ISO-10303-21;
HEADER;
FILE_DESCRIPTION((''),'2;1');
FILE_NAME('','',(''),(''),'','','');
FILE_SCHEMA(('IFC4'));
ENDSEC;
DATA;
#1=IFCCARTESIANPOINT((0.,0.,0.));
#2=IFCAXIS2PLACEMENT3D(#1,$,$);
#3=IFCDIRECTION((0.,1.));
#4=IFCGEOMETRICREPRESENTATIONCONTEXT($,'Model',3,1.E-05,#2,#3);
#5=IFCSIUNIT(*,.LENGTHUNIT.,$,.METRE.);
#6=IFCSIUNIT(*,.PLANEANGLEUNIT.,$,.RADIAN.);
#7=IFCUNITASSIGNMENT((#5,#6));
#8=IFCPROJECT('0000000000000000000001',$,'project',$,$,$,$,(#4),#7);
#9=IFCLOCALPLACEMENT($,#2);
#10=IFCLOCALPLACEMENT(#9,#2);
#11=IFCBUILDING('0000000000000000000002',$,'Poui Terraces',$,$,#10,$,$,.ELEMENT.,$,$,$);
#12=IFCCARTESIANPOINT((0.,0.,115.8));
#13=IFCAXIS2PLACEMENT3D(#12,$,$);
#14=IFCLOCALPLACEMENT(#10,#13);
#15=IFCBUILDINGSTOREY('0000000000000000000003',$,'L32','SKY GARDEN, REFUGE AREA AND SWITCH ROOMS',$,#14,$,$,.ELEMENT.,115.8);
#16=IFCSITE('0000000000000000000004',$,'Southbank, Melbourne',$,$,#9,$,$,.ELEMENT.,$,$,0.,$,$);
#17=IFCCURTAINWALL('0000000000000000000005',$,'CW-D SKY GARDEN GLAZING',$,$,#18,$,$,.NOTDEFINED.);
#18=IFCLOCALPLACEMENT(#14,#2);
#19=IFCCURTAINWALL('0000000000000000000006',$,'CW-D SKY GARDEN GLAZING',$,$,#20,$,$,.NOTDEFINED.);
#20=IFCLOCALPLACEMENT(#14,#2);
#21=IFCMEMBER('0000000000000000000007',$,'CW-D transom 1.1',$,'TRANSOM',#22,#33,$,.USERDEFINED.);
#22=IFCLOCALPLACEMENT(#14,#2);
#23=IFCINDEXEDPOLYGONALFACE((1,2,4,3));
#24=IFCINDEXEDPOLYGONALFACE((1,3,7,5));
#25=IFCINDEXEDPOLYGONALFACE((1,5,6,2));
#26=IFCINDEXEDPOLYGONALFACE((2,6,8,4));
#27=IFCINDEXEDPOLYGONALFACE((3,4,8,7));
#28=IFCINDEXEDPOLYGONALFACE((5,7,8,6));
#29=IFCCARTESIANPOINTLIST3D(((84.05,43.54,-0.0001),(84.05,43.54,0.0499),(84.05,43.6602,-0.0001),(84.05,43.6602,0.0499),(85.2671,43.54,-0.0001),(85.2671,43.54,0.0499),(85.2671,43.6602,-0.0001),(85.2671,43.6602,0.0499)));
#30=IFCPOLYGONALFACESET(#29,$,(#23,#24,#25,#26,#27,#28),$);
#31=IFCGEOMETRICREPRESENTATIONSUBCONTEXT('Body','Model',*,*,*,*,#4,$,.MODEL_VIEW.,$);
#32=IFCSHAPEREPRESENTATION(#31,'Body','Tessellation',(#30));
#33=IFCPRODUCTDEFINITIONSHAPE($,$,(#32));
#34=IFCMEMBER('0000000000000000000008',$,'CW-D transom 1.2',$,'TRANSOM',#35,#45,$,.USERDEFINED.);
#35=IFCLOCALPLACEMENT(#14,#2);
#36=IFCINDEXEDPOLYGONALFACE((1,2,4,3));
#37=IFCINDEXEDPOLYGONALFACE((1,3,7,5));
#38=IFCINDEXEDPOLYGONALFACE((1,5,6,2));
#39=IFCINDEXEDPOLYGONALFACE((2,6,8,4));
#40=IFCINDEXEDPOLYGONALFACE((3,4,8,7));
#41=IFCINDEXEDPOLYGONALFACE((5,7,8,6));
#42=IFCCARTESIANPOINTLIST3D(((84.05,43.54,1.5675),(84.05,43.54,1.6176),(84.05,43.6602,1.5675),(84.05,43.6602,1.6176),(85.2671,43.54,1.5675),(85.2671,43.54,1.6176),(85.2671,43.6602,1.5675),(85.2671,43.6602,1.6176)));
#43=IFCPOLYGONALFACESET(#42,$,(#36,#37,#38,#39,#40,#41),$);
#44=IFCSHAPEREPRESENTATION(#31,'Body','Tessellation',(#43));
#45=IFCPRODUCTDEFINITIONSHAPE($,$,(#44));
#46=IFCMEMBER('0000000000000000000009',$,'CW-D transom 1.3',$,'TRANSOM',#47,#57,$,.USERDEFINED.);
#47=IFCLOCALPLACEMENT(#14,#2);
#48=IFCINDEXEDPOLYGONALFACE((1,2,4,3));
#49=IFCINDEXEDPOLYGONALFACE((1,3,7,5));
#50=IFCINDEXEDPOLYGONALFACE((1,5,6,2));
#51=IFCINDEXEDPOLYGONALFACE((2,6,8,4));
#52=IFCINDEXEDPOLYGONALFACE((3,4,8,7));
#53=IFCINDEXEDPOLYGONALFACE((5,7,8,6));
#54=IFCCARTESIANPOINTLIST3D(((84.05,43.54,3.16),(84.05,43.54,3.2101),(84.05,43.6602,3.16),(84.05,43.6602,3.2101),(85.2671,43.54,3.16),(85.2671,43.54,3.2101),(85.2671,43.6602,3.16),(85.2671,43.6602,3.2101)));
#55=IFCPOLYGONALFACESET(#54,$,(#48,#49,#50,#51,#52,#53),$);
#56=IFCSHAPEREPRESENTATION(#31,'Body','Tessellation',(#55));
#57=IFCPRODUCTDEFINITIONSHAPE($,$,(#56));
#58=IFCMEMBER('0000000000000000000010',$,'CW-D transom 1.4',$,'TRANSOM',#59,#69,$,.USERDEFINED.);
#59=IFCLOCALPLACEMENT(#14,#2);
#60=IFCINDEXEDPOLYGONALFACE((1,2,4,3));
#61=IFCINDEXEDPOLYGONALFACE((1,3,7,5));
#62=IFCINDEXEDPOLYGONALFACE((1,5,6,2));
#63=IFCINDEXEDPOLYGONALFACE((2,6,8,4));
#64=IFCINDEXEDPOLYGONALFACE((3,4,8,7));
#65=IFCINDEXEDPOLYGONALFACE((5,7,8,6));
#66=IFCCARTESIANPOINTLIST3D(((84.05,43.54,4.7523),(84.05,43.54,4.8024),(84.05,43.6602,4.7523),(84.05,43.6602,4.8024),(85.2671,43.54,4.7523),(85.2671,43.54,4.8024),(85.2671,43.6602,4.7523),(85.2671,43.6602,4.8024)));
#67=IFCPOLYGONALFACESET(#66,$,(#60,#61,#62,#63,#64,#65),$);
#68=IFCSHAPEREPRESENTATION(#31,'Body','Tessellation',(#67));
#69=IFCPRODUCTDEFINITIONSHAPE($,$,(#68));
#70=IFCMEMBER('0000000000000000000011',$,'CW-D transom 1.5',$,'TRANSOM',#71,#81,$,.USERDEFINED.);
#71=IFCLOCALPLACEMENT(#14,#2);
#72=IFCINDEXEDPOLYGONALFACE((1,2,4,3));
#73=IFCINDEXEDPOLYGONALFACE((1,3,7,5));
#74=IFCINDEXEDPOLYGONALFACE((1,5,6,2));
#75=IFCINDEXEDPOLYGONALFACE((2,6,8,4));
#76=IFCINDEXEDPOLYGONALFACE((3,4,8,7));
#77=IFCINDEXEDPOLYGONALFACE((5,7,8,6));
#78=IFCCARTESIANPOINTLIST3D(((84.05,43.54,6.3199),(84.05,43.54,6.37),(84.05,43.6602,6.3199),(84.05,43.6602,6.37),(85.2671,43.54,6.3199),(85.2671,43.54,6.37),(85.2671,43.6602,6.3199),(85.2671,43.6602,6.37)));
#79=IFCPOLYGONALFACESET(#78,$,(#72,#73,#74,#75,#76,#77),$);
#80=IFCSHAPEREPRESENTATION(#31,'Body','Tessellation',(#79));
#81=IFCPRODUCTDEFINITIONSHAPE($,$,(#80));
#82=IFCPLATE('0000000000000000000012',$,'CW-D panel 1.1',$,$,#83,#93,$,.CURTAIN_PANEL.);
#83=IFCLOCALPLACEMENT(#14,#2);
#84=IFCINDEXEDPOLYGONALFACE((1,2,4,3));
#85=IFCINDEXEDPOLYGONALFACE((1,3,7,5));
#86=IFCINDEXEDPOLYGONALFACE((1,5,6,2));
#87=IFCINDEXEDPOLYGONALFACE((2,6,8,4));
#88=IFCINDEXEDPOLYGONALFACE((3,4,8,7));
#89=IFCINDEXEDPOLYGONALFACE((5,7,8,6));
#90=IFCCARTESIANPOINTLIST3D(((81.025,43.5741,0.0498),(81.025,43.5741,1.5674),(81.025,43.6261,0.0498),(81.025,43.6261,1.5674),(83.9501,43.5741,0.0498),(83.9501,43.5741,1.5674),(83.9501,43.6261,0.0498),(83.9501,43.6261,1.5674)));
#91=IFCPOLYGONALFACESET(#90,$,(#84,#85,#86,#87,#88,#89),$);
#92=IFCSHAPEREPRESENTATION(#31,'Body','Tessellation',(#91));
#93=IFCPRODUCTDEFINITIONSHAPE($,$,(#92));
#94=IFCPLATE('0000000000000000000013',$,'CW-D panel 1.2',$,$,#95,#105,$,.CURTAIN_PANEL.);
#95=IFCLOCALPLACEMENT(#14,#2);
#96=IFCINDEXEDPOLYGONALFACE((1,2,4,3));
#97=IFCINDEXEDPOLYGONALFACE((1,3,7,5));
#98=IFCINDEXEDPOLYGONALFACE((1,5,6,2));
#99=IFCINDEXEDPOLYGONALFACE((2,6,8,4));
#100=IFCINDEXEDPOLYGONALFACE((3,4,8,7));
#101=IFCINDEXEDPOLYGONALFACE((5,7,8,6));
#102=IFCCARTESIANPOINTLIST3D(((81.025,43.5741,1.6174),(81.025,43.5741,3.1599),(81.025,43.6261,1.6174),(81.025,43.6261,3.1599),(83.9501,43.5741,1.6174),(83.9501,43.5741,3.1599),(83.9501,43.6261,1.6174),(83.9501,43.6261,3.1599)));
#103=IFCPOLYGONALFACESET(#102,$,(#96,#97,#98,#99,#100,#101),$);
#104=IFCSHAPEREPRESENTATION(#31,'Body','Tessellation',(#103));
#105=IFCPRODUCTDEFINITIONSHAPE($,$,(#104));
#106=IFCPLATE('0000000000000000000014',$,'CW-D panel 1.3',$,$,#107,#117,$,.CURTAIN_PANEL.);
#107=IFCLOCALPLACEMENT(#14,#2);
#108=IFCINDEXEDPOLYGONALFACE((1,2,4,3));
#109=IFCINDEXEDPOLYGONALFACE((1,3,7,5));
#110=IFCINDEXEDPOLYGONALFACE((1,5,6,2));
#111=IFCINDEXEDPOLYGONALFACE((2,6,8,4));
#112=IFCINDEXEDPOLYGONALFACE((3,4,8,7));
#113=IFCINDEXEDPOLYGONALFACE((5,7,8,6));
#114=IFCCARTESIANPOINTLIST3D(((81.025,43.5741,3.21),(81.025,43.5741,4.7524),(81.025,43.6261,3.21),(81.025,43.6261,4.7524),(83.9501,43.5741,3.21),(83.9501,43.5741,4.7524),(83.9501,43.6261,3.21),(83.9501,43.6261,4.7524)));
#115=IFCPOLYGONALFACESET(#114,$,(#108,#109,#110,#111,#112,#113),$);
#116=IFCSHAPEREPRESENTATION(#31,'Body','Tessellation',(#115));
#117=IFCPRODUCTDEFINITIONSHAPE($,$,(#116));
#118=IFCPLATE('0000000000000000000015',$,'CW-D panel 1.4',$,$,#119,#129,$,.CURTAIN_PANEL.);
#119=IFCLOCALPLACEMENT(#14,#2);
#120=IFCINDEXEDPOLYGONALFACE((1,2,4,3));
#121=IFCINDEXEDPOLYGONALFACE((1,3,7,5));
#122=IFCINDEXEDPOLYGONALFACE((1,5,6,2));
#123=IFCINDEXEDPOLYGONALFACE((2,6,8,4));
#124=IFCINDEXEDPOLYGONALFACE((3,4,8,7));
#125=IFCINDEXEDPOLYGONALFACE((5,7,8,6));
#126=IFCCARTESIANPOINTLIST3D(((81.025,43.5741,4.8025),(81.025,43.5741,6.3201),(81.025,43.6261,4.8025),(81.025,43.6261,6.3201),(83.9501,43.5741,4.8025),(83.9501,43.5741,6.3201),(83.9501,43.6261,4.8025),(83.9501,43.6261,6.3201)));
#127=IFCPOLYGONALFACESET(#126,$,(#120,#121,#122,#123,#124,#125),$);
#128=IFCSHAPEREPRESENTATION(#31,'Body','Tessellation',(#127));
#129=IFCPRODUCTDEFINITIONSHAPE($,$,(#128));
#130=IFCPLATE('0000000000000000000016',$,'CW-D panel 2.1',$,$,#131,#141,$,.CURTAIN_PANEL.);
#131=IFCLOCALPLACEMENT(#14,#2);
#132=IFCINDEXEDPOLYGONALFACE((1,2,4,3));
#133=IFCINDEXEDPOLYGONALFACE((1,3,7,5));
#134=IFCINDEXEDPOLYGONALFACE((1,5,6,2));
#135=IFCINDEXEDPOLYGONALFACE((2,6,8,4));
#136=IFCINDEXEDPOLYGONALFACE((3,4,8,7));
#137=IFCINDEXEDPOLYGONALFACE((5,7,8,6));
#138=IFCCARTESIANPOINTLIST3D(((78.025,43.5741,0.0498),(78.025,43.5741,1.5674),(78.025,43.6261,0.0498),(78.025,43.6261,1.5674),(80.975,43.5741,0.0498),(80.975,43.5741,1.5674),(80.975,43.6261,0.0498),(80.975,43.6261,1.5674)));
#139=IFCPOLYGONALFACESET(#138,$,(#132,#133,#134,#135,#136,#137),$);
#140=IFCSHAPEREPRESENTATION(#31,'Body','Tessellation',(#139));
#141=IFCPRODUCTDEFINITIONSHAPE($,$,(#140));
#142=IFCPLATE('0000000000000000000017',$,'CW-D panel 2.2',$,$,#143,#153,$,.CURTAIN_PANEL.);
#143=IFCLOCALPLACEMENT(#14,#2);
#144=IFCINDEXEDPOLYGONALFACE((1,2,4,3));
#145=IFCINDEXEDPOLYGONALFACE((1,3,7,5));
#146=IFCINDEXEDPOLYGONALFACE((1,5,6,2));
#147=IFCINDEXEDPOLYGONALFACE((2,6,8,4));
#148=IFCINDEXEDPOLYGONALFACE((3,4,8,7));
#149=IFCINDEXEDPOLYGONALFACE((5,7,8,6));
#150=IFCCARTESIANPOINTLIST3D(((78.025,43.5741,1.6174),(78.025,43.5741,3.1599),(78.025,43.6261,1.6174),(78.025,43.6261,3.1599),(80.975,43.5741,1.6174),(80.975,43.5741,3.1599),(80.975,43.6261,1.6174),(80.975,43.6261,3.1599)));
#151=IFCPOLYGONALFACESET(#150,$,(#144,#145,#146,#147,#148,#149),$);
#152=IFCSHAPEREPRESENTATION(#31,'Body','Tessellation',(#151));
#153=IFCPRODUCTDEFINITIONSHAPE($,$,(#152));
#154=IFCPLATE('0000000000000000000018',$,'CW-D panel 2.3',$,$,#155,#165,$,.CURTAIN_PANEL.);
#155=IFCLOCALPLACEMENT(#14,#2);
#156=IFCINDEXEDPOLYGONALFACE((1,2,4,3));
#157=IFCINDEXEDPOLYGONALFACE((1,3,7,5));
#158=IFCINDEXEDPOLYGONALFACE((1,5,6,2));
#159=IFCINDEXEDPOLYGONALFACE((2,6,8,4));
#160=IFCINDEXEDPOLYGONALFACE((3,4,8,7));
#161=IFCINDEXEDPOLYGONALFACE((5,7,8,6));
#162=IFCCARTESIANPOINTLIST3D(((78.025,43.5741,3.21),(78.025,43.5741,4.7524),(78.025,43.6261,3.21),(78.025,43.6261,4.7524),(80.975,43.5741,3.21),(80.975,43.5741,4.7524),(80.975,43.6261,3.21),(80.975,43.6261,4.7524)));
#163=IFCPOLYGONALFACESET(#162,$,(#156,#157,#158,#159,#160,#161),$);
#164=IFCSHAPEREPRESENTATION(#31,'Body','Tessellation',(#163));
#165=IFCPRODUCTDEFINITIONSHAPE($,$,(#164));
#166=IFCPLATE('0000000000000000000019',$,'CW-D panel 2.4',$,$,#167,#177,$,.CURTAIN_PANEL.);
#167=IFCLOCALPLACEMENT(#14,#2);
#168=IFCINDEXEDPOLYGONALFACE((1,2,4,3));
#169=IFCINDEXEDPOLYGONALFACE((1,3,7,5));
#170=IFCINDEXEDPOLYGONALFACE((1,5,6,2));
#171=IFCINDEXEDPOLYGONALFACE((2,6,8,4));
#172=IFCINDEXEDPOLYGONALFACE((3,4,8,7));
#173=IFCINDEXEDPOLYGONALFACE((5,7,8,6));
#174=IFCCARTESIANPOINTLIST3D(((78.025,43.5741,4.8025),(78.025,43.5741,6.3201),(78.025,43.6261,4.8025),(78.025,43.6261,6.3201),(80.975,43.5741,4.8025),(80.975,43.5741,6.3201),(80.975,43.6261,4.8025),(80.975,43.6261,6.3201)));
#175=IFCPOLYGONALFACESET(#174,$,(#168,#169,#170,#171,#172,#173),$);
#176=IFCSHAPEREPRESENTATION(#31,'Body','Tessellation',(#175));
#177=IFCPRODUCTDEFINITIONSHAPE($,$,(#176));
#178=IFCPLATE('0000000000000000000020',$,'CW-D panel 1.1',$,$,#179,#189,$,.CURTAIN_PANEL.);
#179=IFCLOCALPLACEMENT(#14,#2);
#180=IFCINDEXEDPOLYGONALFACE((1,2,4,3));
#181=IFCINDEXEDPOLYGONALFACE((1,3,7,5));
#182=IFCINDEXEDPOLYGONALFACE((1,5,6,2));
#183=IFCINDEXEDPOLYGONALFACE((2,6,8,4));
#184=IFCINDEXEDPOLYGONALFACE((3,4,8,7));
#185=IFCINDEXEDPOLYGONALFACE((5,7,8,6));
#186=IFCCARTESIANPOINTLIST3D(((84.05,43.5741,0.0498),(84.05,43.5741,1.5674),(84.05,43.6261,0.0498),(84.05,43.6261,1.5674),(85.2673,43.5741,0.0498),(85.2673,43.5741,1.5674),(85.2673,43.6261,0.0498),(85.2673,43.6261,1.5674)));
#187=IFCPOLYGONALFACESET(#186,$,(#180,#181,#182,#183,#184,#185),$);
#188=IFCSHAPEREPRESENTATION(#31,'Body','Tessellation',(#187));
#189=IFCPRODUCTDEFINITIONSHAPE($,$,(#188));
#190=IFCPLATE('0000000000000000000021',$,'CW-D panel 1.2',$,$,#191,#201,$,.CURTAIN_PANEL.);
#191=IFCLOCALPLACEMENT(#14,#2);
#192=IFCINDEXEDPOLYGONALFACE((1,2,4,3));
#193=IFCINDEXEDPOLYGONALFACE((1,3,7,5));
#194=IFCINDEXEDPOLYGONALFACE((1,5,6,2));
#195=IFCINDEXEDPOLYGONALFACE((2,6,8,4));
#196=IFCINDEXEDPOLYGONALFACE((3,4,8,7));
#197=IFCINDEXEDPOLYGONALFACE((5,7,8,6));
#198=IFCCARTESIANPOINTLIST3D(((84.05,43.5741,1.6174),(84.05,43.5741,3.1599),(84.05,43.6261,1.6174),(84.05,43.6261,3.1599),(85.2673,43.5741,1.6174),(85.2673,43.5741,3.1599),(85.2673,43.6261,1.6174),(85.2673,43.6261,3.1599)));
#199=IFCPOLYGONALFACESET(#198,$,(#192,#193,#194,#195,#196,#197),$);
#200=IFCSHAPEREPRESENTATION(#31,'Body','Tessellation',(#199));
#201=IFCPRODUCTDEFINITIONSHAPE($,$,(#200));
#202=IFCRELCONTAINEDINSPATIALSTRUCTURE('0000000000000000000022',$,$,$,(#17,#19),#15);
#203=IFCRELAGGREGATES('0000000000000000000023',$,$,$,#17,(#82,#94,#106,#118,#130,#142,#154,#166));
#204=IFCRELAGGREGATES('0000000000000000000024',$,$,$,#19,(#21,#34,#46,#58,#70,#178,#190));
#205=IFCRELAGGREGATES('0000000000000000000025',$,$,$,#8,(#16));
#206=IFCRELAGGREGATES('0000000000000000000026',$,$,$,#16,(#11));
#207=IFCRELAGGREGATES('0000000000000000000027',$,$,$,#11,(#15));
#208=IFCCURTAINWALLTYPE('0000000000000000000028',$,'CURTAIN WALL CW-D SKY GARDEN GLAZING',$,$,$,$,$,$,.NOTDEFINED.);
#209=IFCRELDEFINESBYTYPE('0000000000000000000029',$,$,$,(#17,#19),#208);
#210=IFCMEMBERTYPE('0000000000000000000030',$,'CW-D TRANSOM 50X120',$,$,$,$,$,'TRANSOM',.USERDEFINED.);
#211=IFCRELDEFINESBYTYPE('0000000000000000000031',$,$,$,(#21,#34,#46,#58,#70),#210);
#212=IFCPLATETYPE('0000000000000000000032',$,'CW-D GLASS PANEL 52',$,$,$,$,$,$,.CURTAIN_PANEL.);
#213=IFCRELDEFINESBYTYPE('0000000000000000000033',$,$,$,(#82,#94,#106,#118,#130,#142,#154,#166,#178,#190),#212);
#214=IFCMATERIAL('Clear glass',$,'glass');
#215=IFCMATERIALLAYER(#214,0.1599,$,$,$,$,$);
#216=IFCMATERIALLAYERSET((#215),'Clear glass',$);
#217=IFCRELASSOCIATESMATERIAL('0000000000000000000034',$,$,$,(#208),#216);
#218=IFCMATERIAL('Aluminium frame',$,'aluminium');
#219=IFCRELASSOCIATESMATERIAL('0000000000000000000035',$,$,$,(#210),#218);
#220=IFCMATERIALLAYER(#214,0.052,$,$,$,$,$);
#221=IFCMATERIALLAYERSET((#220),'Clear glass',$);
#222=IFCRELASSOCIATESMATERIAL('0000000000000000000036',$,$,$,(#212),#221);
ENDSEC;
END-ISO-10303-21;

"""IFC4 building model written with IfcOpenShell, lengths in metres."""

from ifc_helpers import new_model, si_unit, direction, frame, origin, origin_2d, place, context, subcontext, project, spatial, rectangle, extrude, material, layer, layer_set, material_profile, profile_set, type_object, element, aggregate, save


model = new_model("IFC4")

# Units and contexts
model_context = context("Model", 3, precision=1e-05, world=origin(), true_north=direction((0.0, 1.0)))
body_context = subcontext(model_context, "Body", "Model", "MODEL_VIEW")
ifc_project = project(units=[si_unit("LENGTHUNIT", "METRE"), si_unit("PLANEANGLEUNIT", "RADIAN")], contexts=[model_context])

# Site, building, storey
site_placement = place(None, origin())
site = spatial("IfcSite", under=ifc_project, at=site_placement, Name="Southbank, Melbourne", CompositionType="ELEMENT", RefElevation=0.0)
building_placement = place(site_placement, origin())
building = spatial("IfcBuilding", under=site, at=building_placement, Name="Poui Terraces", CompositionType="ELEMENT")
storey_placement = place(building_placement, frame((0.0, 0.0, 115.8)))
storey = spatial("IfcBuildingStorey", under=building, at=storey_placement, Name="L32", Description="SKY GARDEN, REFUGE AREA AND SWITCH ROOMS", CompositionType="ELEMENT", Elevation=115.8)

# Curtain walls
ifc_material_1 = material(Name="Clear glass", Category="glass")
ifc_layer_1 = layer(ifc_material_1, 0.1599)
ifc_layer_set_1 = layer_set([ifc_layer_1], Name="Clear glass")
curtain_wall_type = type_object("IfcCurtainWallType", Name="CURTAIN WALL CW-D SKY GARDEN GLAZING", PredefinedType="NOTDEFINED", material=ifc_layer_set_1)
curtain_wall_1_placement = place(storey_placement, origin())
curtain_wall_1 = element("IfcCurtainWall", 1, at=curtain_wall_1_placement, inside=storey, type_object=curtain_wall_type, Name="CW-D SKY GARDEN GLAZING", PredefinedType="NOTDEFINED")
ifc_material_2 = material(Name="Aluminium frame", Category="aluminium")
curtain_wall_2_placement = place(storey_placement, origin())
curtain_wall_2 = element("IfcCurtainWall", 2, at=curtain_wall_2_placement, inside=storey, type_object=curtain_wall_type, Name="CW-D SKY GARDEN GLAZING", PredefinedType="NOTDEFINED")

# Members
ifc_material_profile_1 = material_profile(ifc_material_2, rectangle(XDim=0.1201, YDim=0.05, at=origin_2d()), Name="CW-D TRANSOM 50X120")
ifc_profile_set_1 = profile_set([ifc_material_profile_1], Name="Aluminium frame")
member_type_1 = type_object("IfcMemberType", Name="CW-D TRANSOM 50X120", ElementType="TRANSOM", PredefinedType="USERDEFINED", material=ifc_profile_set_1)
member_1_placement = place(storey_placement, frame((85.2671, 43.6001, 0.0249), z_axis=(-1.0, 0.0, 0.0), x_axis=(0.0, -1.0, 0.0)))
member_1 = element("IfcMember", 3, at=member_1_placement, type_object=member_type_1, Name="CW-D transom 1.1", ObjectType="TRANSOM", PredefinedType="USERDEFINED", context=body_context, shape_type="SweptSolid", body=[
    extrude(rectangle(XDim=0.1201, YDim=0.05, at=origin_2d()), origin(), (0.0, 0.0, 1.0), 1.217),
])
member_2_placement = place(storey_placement, frame((85.2671, 43.6001, 1.5925), z_axis=(-1.0, 0.0, 0.0), x_axis=(0.0, -1.0, 0.0)))
member_2 = element("IfcMember", 4, at=member_2_placement, type_object=member_type_1, Name="CW-D transom 1.2", ObjectType="TRANSOM", PredefinedType="USERDEFINED", context=body_context, shape_type="SweptSolid", body=[
    extrude(rectangle(XDim=0.1201, YDim=0.05, at=origin_2d()), origin(), (0.0, 0.0, 1.0), 1.217),
])
member_3_placement = place(storey_placement, frame((85.2671, 43.6001, 3.1851), z_axis=(-1.0, 0.0, 0.0), x_axis=(0.0, -1.0, 0.0)))
member_3 = element("IfcMember", 5, at=member_3_placement, type_object=member_type_1, Name="CW-D transom 1.3", ObjectType="TRANSOM", PredefinedType="USERDEFINED", context=body_context, shape_type="SweptSolid", body=[
    extrude(rectangle(XDim=0.1201, YDim=0.05, at=origin_2d()), origin(), (0.0, 0.0, 1.0), 1.217),
])
member_4_placement = place(storey_placement, frame((85.2671, 43.6001, 4.7773), z_axis=(-1.0, 0.0, 0.0), x_axis=(0.0, -1.0, 0.0)))
member_4 = element("IfcMember", 6, at=member_4_placement, type_object=member_type_1, Name="CW-D transom 1.4", ObjectType="TRANSOM", PredefinedType="USERDEFINED", context=body_context, shape_type="SweptSolid", body=[
    extrude(rectangle(XDim=0.1201, YDim=0.05, at=origin_2d()), origin(), (0.0, 0.0, 1.0), 1.217),
])
member_5_placement = place(storey_placement, frame((85.2671, 43.6001, 6.345), z_axis=(-1.0, 0.0, 0.0), x_axis=(0.0, -1.0, 0.0)))
member_5 = element("IfcMember", 7, at=member_5_placement, type_object=member_type_1, Name="CW-D transom 1.5", ObjectType="TRANSOM", PredefinedType="USERDEFINED", context=body_context, shape_type="SweptSolid", body=[
    extrude(rectangle(XDim=0.1201, YDim=0.05, at=origin_2d()), origin(), (0.0, 0.0, 1.0), 1.217),
])

# Plates
ifc_layer_2 = layer(ifc_material_1, 0.052)
ifc_layer_set_2 = layer_set([ifc_layer_2], Name="Clear glass")
plate_type = type_object("IfcPlateType", Name="CW-D GLASS PANEL 52", PredefinedType="CURTAIN_PANEL", material=ifc_layer_set_2)
plate_1_placement = place(storey_placement, frame((82.4875, 43.6001, 0.0498), z_axis=(0.0, 0.0, 1.0), x_axis=(-1.0, 0.0, 0.0)))
plate_1 = element("IfcPlate", 8, at=plate_1_placement, type_object=plate_type, Name="CW-D panel 1.1", PredefinedType="CURTAIN_PANEL", context=body_context, shape_type="SweptSolid", body=[
    extrude(rectangle(XDim=2.925, YDim=0.052, at=origin_2d()), origin(), (0.0, 0.0, 1.0), 1.5176),
])
plate_2_placement = place(storey_placement, frame((82.4875, 43.6001, 1.6174), z_axis=(0.0, 0.0, 1.0), x_axis=(-1.0, 0.0, 0.0)))
plate_2 = element("IfcPlate", 9, at=plate_2_placement, type_object=plate_type, Name="CW-D panel 1.2", PredefinedType="CURTAIN_PANEL", context=body_context, shape_type="SweptSolid", body=[
    extrude(rectangle(XDim=2.925, YDim=0.052, at=origin_2d()), origin(), (0.0, 0.0, 1.0), 1.5425),
])
plate_3_placement = place(storey_placement, frame((82.4875, 43.6001, 3.21), z_axis=(0.0, 0.0, 1.0), x_axis=(-1.0, 0.0, 0.0)))
plate_3 = element("IfcPlate", 10, at=plate_3_placement, type_object=plate_type, Name="CW-D panel 1.3", PredefinedType="CURTAIN_PANEL", context=body_context, shape_type="SweptSolid", body=[
    extrude(rectangle(XDim=2.925, YDim=0.052, at=origin_2d()), origin(), (0.0, 0.0, 1.0), 1.5425),
])
plate_4_placement = place(storey_placement, frame((82.4875, 43.6001, 4.8025), z_axis=(0.0, 0.0, 1.0), x_axis=(-1.0, 0.0, 0.0)))
plate_4 = element("IfcPlate", 11, at=plate_4_placement, type_object=plate_type, Name="CW-D panel 1.4", PredefinedType="CURTAIN_PANEL", context=body_context, shape_type="SweptSolid", body=[
    extrude(rectangle(XDim=2.925, YDim=0.052, at=origin_2d()), origin(), (0.0, 0.0, 1.0), 1.5176),
])
plate_5_placement = place(storey_placement, frame((79.5, 43.6001, 0.0498), z_axis=(0.0, 0.0, 1.0), x_axis=(-1.0, 0.0, 0.0)))
plate_5 = element("IfcPlate", 12, at=plate_5_placement, type_object=plate_type, Name="CW-D panel 2.1", PredefinedType="CURTAIN_PANEL", context=body_context, shape_type="SweptSolid", body=[
    extrude(rectangle(XDim=2.95, YDim=0.052, at=origin_2d()), origin(), (0.0, 0.0, 1.0), 1.5176),
])
plate_6_placement = place(storey_placement, frame((79.5, 43.6001, 1.6174), z_axis=(0.0, 0.0, 1.0), x_axis=(-1.0, 0.0, 0.0)))
plate_6 = element("IfcPlate", 13, at=plate_6_placement, type_object=plate_type, Name="CW-D panel 2.2", PredefinedType="CURTAIN_PANEL", context=body_context, shape_type="SweptSolid", body=[
    extrude(rectangle(XDim=2.95, YDim=0.052, at=origin_2d()), origin(), (0.0, 0.0, 1.0), 1.5425),
])
plate_7_placement = place(storey_placement, frame((79.5, 43.6001, 3.21), z_axis=(0.0, 0.0, 1.0), x_axis=(-1.0, 0.0, 0.0)))
plate_7 = element("IfcPlate", 14, at=plate_7_placement, type_object=plate_type, Name="CW-D panel 2.3", PredefinedType="CURTAIN_PANEL", context=body_context, shape_type="SweptSolid", body=[
    extrude(rectangle(XDim=2.95, YDim=0.052, at=origin_2d()), origin(), (0.0, 0.0, 1.0), 1.5425),
])
plate_8_placement = place(storey_placement, frame((79.5, 43.6001, 4.8025), z_axis=(0.0, 0.0, 1.0), x_axis=(-1.0, 0.0, 0.0)))
plate_8 = element("IfcPlate", 15, at=plate_8_placement, type_object=plate_type, Name="CW-D panel 2.4", PredefinedType="CURTAIN_PANEL", context=body_context, shape_type="SweptSolid", body=[
    extrude(rectangle(XDim=2.95, YDim=0.052, at=origin_2d()), origin(), (0.0, 0.0, 1.0), 1.5176),
])
aggregate(curtain_wall_1, [plate_1, plate_2, plate_3, plate_4, plate_5, plate_6, plate_7, plate_8])
plate_9_placement = place(storey_placement, frame((84.6587, 43.6001, 0.0498), z_axis=(0.0, 0.0, 1.0), x_axis=(-1.0, 0.0, 0.0)))
plate_9 = element("IfcPlate", 16, at=plate_9_placement, type_object=plate_type, Name="CW-D panel 1.1", PredefinedType="CURTAIN_PANEL", context=body_context, shape_type="SweptSolid", body=[
    extrude(rectangle(XDim=1.2173, YDim=0.052, at=origin_2d()), origin(), (0.0, 0.0, 1.0), 1.5176),
])
plate_10_placement = place(storey_placement, frame((84.6587, 43.6001, 1.6174), z_axis=(0.0, 0.0, 1.0), x_axis=(-1.0, 0.0, 0.0)))
plate_10 = element("IfcPlate", 17, at=plate_10_placement, type_object=plate_type, Name="CW-D panel 1.2", PredefinedType="CURTAIN_PANEL", context=body_context, shape_type="SweptSolid", body=[
    extrude(rectangle(XDim=1.2173, YDim=0.052, at=origin_2d()), origin(), (0.0, 0.0, 1.0), 1.5425),
])
aggregate(curtain_wall_2, [member_1, member_2, member_3, member_4, member_5, plate_9, plate_10])

save(model, "model.ifc")
